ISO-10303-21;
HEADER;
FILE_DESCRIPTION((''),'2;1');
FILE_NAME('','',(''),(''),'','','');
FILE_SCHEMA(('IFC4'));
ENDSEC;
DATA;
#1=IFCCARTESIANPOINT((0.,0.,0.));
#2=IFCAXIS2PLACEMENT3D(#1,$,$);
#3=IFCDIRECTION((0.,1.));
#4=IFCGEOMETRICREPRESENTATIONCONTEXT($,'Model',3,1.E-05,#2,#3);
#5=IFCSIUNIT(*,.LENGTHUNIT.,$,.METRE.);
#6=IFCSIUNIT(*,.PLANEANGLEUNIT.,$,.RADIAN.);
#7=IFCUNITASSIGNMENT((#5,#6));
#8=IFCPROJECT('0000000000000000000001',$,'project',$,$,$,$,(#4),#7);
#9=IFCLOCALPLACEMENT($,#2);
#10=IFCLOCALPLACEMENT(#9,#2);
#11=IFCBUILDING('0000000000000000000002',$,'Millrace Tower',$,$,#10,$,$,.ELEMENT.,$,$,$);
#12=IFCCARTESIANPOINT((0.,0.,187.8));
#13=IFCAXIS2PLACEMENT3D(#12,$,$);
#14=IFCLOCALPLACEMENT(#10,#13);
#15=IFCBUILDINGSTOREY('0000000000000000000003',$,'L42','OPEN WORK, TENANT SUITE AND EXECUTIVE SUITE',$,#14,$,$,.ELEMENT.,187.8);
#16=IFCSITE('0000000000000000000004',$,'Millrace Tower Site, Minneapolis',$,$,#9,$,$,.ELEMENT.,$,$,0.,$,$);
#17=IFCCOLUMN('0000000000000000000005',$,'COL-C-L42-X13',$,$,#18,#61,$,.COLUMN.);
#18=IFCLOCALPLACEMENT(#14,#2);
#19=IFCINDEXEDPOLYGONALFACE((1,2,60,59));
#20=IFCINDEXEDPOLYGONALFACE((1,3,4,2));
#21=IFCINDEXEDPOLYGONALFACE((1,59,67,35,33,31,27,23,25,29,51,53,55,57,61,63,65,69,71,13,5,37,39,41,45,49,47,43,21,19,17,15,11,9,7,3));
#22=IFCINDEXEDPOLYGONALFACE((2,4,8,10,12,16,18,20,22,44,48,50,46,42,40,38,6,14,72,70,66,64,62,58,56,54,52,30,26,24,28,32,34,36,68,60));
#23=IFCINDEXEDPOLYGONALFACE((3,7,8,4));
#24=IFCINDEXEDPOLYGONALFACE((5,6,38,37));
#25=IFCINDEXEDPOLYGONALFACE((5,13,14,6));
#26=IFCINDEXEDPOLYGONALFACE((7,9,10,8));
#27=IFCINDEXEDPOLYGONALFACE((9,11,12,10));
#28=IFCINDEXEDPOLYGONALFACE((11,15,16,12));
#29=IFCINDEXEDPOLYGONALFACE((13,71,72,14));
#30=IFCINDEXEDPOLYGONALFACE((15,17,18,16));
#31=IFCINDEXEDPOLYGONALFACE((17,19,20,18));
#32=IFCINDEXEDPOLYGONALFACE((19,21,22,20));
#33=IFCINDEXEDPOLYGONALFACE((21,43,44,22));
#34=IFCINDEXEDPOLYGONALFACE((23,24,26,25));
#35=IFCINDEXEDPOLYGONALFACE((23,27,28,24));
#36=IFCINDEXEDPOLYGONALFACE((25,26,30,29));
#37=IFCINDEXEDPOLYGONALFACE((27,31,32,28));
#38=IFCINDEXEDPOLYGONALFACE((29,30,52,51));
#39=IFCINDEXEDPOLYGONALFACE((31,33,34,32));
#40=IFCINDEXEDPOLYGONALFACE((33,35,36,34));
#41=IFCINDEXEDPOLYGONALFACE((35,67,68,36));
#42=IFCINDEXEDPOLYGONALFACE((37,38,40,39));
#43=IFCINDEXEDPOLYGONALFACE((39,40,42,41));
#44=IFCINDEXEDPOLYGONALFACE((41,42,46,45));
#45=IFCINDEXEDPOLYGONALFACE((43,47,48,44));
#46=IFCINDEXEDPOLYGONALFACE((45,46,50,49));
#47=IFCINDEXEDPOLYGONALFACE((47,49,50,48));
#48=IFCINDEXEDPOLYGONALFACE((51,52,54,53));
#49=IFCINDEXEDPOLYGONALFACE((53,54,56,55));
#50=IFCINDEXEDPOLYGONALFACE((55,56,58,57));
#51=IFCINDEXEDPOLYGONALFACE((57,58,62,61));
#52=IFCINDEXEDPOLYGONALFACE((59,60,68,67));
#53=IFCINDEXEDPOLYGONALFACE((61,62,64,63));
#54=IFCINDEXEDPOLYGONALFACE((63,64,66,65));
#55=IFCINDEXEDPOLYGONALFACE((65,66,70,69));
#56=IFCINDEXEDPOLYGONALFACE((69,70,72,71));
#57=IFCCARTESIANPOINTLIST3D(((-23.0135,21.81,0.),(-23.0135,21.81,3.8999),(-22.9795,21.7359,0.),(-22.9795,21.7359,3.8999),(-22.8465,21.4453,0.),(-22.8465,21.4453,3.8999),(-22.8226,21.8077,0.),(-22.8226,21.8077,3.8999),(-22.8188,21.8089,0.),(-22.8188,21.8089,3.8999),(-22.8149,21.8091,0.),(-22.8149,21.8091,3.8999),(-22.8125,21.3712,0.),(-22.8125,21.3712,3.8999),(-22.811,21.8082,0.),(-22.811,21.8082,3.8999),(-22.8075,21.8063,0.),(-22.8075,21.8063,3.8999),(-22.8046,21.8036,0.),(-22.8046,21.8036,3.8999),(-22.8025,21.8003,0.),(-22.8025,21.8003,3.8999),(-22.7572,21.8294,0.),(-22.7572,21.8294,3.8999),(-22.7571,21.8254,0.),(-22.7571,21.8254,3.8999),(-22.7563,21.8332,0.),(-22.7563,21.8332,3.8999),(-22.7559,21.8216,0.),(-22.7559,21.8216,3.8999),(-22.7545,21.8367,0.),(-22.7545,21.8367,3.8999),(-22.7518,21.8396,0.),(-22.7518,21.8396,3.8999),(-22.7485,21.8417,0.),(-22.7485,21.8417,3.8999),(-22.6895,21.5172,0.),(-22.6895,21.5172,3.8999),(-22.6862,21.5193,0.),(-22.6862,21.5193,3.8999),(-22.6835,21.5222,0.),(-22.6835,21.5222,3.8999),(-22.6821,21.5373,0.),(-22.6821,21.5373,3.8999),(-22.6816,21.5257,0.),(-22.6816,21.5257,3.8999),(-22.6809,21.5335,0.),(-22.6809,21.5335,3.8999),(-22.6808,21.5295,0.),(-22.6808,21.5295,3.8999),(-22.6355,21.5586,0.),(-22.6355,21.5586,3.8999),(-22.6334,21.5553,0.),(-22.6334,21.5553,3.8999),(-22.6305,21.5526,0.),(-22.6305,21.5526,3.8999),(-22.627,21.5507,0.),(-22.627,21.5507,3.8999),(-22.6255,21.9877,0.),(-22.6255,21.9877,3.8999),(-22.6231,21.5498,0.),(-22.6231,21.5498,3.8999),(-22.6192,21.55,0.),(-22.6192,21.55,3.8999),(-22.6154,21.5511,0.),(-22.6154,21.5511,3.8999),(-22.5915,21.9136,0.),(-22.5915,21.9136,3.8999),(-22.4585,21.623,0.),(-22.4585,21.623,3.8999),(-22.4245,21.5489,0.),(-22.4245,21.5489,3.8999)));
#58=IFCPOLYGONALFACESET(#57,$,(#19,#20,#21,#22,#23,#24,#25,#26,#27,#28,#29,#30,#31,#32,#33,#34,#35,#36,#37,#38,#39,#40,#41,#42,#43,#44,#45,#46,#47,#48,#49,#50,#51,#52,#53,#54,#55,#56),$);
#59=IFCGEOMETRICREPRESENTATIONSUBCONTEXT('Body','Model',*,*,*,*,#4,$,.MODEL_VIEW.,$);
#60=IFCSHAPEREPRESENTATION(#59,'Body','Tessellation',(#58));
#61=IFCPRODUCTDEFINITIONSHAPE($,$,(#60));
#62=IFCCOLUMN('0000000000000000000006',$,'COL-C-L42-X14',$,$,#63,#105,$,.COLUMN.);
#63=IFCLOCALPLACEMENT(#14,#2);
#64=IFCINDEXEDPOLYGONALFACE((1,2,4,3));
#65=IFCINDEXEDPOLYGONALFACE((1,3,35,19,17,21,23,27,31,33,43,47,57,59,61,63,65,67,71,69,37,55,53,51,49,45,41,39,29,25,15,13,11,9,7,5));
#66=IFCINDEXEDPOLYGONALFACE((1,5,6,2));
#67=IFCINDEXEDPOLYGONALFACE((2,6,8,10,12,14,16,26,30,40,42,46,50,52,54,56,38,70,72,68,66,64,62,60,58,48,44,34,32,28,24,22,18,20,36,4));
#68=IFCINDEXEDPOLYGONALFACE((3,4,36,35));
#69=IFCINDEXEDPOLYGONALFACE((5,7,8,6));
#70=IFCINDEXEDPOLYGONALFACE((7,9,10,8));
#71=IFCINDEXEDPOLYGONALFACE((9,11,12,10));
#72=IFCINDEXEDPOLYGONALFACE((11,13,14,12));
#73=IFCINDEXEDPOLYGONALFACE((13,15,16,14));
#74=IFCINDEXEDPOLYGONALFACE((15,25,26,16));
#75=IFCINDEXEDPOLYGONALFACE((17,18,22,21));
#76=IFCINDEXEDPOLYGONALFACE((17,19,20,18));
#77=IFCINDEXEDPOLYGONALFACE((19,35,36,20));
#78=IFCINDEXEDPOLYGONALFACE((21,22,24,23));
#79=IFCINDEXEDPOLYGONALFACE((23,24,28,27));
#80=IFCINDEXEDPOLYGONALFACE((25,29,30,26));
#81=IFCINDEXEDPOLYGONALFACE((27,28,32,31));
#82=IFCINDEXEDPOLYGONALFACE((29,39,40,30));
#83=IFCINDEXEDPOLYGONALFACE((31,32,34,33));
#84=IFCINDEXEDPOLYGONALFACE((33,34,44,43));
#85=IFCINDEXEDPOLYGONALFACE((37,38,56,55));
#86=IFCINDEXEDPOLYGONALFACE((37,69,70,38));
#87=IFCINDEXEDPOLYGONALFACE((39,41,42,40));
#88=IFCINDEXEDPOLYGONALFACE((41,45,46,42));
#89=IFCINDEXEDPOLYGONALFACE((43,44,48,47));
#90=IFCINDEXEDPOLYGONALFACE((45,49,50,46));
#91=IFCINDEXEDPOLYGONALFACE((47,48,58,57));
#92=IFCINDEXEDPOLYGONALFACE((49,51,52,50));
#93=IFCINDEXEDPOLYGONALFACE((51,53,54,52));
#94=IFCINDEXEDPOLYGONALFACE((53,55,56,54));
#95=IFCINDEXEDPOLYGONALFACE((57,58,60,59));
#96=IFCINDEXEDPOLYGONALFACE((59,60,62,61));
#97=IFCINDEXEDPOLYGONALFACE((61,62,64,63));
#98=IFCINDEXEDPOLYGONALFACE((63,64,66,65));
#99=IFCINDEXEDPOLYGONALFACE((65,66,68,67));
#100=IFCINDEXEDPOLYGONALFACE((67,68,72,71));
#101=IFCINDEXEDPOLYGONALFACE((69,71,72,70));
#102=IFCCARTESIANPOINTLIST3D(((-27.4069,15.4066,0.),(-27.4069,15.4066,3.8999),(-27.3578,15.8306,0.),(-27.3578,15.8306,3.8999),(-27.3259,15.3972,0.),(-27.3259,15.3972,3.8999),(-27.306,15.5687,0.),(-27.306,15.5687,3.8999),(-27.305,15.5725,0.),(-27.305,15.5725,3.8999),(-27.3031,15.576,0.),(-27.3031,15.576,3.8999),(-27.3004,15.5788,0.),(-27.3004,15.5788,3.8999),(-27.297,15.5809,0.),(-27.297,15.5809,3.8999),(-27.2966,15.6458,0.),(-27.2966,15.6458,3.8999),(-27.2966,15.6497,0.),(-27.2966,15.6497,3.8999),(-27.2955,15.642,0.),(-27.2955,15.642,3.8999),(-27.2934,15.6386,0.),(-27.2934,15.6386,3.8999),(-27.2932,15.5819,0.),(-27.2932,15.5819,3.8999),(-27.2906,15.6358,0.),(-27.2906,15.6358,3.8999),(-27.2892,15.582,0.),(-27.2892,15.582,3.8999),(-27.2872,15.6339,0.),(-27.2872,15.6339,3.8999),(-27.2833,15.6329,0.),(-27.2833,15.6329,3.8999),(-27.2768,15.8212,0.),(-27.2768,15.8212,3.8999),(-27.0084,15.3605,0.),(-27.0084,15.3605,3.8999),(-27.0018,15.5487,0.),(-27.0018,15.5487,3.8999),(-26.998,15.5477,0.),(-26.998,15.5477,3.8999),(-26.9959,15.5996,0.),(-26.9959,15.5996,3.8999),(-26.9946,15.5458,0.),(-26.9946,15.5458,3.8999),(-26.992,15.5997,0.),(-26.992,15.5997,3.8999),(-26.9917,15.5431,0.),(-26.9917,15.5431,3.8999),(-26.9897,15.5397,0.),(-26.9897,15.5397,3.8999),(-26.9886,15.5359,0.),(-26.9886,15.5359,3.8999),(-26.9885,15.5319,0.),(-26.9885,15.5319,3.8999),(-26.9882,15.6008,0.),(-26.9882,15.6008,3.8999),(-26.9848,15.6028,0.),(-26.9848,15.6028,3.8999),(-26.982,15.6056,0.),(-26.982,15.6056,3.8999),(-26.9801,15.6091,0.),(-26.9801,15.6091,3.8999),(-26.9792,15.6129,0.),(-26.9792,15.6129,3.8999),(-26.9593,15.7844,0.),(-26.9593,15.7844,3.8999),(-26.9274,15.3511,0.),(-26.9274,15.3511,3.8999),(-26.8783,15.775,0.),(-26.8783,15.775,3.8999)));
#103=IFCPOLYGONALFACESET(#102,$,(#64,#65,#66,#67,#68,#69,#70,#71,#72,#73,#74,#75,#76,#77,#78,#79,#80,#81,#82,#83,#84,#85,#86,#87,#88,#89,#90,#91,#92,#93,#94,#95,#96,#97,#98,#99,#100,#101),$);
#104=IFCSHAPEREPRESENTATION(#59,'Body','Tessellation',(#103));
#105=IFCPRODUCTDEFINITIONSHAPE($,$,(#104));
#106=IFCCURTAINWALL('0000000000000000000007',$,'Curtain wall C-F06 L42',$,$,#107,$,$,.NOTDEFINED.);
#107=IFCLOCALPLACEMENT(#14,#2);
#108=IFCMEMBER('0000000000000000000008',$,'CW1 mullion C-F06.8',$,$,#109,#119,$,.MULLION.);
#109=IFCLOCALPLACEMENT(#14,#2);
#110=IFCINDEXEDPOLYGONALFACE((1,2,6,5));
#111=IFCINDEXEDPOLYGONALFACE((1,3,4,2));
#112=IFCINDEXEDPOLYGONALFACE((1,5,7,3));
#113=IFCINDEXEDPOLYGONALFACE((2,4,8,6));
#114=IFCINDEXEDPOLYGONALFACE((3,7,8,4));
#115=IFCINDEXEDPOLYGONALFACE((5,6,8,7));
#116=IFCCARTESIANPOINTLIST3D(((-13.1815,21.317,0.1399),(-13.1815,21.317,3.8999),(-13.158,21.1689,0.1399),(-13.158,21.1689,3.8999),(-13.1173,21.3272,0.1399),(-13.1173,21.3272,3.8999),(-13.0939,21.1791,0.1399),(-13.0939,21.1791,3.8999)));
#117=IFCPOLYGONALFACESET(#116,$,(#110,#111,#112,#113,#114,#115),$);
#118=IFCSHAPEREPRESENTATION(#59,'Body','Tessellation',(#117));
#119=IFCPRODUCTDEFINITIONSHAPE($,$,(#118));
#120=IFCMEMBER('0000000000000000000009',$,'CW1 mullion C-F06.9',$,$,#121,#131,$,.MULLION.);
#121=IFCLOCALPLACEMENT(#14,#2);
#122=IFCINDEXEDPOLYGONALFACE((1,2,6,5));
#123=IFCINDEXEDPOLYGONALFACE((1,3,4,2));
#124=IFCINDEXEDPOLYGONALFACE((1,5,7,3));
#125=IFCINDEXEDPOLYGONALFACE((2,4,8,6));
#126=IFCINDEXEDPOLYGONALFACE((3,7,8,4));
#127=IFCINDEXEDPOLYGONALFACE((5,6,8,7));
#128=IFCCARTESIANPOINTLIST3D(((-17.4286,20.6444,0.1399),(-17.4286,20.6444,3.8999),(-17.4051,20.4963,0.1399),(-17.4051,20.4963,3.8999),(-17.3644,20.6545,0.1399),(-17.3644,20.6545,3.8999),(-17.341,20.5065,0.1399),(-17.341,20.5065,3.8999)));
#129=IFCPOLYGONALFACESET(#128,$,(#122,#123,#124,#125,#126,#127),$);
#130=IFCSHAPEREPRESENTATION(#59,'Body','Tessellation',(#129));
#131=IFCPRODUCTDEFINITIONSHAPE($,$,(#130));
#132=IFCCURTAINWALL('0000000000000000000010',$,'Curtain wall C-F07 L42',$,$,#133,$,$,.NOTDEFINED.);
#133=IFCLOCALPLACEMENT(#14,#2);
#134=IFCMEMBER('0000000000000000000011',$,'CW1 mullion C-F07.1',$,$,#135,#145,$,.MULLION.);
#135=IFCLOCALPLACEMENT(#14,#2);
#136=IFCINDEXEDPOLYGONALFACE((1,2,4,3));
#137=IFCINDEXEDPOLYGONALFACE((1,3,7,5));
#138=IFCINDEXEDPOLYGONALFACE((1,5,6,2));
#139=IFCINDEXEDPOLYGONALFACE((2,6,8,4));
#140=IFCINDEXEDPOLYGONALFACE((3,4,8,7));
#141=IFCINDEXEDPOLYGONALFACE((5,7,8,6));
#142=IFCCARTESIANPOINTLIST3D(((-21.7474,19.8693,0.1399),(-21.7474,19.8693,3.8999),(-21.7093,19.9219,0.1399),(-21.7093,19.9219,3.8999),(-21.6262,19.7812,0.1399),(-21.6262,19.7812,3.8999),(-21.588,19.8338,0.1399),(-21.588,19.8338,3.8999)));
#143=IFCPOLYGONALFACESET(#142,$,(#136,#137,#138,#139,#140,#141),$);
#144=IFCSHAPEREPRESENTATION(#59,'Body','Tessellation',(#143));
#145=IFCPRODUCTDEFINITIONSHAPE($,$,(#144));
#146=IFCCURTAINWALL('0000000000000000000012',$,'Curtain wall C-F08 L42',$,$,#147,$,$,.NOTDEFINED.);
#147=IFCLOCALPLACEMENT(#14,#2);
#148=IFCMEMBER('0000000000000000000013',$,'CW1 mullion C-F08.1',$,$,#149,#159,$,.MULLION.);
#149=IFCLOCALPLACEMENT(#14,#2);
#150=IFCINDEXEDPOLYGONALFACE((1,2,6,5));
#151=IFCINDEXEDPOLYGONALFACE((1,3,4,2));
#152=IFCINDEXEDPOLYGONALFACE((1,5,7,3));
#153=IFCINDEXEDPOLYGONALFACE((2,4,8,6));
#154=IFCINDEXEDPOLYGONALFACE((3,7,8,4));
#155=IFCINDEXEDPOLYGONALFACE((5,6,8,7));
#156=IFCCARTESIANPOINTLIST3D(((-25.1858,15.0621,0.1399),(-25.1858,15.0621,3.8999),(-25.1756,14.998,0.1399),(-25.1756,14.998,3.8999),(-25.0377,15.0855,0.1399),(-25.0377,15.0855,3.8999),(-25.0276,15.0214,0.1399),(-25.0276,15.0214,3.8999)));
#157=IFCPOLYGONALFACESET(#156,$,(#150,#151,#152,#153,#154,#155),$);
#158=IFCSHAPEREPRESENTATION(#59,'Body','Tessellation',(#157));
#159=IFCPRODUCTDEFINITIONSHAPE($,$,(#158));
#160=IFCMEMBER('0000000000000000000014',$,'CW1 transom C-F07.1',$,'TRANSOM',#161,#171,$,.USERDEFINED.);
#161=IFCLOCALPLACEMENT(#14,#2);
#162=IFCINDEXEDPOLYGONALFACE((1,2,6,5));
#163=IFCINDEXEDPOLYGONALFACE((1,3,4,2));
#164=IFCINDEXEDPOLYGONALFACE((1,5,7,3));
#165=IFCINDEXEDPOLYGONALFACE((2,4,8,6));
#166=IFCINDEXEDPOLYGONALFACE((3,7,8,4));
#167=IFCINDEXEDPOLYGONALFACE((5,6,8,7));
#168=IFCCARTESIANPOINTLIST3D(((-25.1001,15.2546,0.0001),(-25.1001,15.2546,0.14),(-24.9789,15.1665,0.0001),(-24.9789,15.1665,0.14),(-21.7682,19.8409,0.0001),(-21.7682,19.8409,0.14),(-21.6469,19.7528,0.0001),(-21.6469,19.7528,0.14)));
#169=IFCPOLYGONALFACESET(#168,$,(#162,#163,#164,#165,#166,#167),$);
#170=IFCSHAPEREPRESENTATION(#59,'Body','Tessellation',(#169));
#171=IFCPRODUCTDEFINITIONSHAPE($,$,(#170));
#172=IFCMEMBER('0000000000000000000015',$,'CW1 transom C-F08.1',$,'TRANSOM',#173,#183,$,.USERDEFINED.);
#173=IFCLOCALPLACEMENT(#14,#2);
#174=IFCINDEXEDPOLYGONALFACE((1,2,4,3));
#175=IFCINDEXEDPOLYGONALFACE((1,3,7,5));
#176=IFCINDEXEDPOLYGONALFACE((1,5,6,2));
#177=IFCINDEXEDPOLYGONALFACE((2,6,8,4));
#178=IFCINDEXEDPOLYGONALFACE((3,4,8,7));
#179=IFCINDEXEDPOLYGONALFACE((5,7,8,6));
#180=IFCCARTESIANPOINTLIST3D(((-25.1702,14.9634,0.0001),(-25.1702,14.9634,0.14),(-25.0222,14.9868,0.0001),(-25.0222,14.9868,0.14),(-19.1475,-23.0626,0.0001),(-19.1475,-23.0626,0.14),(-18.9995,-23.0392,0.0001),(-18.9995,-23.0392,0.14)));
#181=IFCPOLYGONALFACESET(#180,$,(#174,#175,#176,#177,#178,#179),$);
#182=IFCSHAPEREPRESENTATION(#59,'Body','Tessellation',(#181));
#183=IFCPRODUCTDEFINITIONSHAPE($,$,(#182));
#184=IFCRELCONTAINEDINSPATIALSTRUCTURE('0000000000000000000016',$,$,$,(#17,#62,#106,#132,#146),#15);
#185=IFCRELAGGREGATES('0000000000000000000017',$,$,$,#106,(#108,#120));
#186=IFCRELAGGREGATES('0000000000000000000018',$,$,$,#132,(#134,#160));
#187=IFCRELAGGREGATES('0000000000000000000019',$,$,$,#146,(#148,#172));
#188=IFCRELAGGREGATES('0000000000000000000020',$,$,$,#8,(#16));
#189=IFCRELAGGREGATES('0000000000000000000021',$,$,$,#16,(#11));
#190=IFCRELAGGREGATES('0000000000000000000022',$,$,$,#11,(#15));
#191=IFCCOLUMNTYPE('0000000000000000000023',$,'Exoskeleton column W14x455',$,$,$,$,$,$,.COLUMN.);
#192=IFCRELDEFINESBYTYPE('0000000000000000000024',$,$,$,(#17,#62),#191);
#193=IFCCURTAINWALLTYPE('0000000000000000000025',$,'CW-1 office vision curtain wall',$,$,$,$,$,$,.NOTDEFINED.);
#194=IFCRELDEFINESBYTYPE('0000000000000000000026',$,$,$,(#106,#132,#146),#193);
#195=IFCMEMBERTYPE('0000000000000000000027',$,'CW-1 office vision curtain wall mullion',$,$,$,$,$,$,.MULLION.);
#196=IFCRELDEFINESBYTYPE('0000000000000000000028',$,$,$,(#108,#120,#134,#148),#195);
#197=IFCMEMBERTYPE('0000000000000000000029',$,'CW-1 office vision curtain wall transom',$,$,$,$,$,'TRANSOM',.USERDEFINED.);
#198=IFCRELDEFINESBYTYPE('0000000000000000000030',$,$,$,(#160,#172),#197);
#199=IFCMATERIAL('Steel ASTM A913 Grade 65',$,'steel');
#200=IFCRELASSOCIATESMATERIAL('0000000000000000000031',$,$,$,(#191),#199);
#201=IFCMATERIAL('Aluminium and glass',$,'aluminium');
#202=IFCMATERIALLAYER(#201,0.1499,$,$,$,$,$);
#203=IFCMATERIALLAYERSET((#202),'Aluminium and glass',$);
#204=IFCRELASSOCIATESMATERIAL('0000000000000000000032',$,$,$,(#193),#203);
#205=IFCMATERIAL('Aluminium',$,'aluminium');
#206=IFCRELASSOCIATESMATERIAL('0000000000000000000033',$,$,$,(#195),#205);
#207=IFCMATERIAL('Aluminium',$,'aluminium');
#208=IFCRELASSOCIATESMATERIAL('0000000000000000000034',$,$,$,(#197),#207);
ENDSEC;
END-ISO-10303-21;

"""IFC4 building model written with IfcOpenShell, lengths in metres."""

from ifc_helpers import new_model, si_unit, direction, frame, origin, origin_2d, place, context, subcontext, project, spatial, rectangle, i_section, extrude, material, layer, layer_set, material_profile, profile_set, type_object, element, aggregate, save


model = new_model("IFC4")

# Units and contexts
model_context = context("Model", 3, precision=1e-05, world=origin(), true_north=direction((0.0, 1.0)))
body_context = subcontext(model_context, "Body", "Model", "MODEL_VIEW")
ifc_project = project(units=[si_unit("LENGTHUNIT", "METRE"), si_unit("PLANEANGLEUNIT", "RADIAN")], contexts=[model_context])

# Site, building, storey
site_placement = place(None, origin())
site = spatial("IfcSite", under=ifc_project, at=site_placement, Name="Millrace Tower Site, Minneapolis", CompositionType="ELEMENT", RefElevation=0.0)
building_placement = place(site_placement, origin())
building = spatial("IfcBuilding", under=site, at=building_placement, Name="Millrace Tower", CompositionType="ELEMENT")
storey_placement = place(building_placement, frame((0.0, 0.0, 187.8)))
storey = spatial("IfcBuildingStorey", under=building, at=storey_placement, Name="L42", Description="OPEN WORK, TENANT SUITE AND EXECUTIVE SUITE", CompositionType="ELEMENT", Elevation=187.8)

# Columns
ifc_material_1 = material(Name="Steel ASTM A913 Grade 65", Category="steel")
ifc_material_profile_1 = material_profile(ifc_material_1, i_section(OverallWidth=0.4268, OverallDepth=0.4827, WebThickness=0.0513, FlangeThickness=0.0815, FilletRadius=0.0151, at=origin_2d()))
ifc_profile_set_1 = profile_set([ifc_material_profile_1], Name="Steel ASTM A913 Grade 65")
column_type = type_object("IfcColumnType", Name="Exoskeleton column W14x455", PredefinedType="COLUMN", material=ifc_profile_set_1)
for number, where, z_axis, x_axis, name in (
    (1, (-22.719, 21.6794, 0.0), (0.0, 0.0, 1.0), (-0.909181, -0.416401, 0.0), "COL-C-L42-X13"),
    (2, (-27.1426, 15.5908, 0.0), (0.0, 0.0, 1.0), (-0.115069, -0.993358, 0.0), "COL-C-L42-X14"),
):
    element("IfcColumn", number, at=place(storey_placement, frame(where, z_axis=z_axis, x_axis=x_axis)), inside=storey, type_object=column_type, Name=name, PredefinedType="COLUMN", context=body_context, shape_type="SweptSolid", body=[
        extrude(i_section(OverallWidth=0.4268, OverallDepth=0.4827, WebThickness=0.0513, FlangeThickness=0.0815, FilletRadius=0.0151, at=origin_2d()), origin(), (0.0, 0.0, 1.0), 3.8999),
    ])

# Curtain wall, members
ifc_material_2 = material(Name="Aluminium and glass", Category="aluminium")
ifc_layer_1 = layer(ifc_material_2, 0.1499)
ifc_layer_set_1 = layer_set([ifc_layer_1], Name="Aluminium and glass")
curtain_wall_type = type_object("IfcCurtainWallType", Name="CW-1 office vision curtain wall", PredefinedType="NOTDEFINED", material=ifc_layer_set_1)
placement = place(storey_placement, origin())
curtain_wall_1 = element("IfcCurtainWall", 3, at=placement, inside=storey, type_object=curtain_wall_type, Name="Curtain wall C-F06 L42", PredefinedType="NOTDEFINED")
ifc_material_3 = material(Name="Aluminium", Category="aluminium")
ifc_material_profile_2 = material_profile(ifc_material_3, rectangle(XDim=0.0649, YDim=0.1499, at=origin_2d()))
ifc_profile_set_2 = profile_set([ifc_material_profile_2], Name="Aluminium")
member_type_1 = type_object("IfcMemberType", Name="CW-1 office vision curtain wall mullion", PredefinedType="MULLION", material=ifc_profile_set_2)
member_1_placement = place(storey_placement, frame((-13.1377, 21.248, 0.1399), z_axis=(0.0, 0.0, 1.0), x_axis=(-0.987688, -0.156434, 0.0)))
member_1 = element("IfcMember", 4, at=member_1_placement, type_object=member_type_1, Name="CW1 mullion C-F06.8", PredefinedType="MULLION", context=body_context, shape_type="SweptSolid", body=[
    extrude(rectangle(XDim=0.0649, YDim=0.1499, at=origin_2d()), origin(), (0.0, 0.0, 1.0), 3.76),
])
member_2_placement = place(storey_placement, frame((-17.3848, 20.5754, 0.1399), z_axis=(0.0, 0.0, 1.0), x_axis=(-0.987688, -0.156434, 0.0)))
member_2 = element("IfcMember", 5, at=member_2_placement, type_object=member_type_1, Name="CW1 mullion C-F06.9", PredefinedType="MULLION", context=body_context, shape_type="SweptSolid", body=[
    extrude(rectangle(XDim=0.0649, YDim=0.1499, at=origin_2d()), origin(), (0.0, 0.0, 1.0), 3.76),
])
aggregate(curtain_wall_1, [member_1, member_2])

# Curtain walls, members
curtain_wall_2 = element("IfcCurtainWall", 6, at=placement, inside=storey, type_object=curtain_wall_type, Name="Curtain wall C-F07 L42", PredefinedType="NOTDEFINED")
member_3_placement = place(storey_placement, frame((-21.6677, 19.8516, 0.1399), z_axis=(0.0, 0.0, 1.0), x_axis=(-0.587785, -0.809017, 0.0)))
member_3 = element("IfcMember", 7, at=member_3_placement, type_object=member_type_1, Name="CW1 mullion C-F07.1", PredefinedType="MULLION", context=body_context, shape_type="SweptSolid", body=[
    extrude(rectangle(XDim=0.0649, YDim=0.1499, at=origin_2d()), origin(), (0.0, 0.0, 1.0), 3.76),
])
curtain_wall_3 = element("IfcCurtainWall", 8, at=placement, inside=storey, type_object=curtain_wall_type, Name="Curtain wall C-F08 L42", PredefinedType="NOTDEFINED")
member_4_placement = place(storey_placement, frame((-25.1067, 15.0417, 0.1399), z_axis=(0.0, 0.0, 1.0), x_axis=(0.156434, -0.987688, 0.0)))
member_4 = element("IfcMember", 9, at=member_4_placement, type_object=member_type_1, Name="CW1 mullion C-F08.1", PredefinedType="MULLION", context=body_context, shape_type="SweptSolid", body=[
    extrude(rectangle(XDim=0.0649, YDim=0.1499, at=origin_2d()), origin(), (0.0, 0.0, 1.0), 3.76),
])

# Members
ifc_material_4 = material(Name="Aluminium", Category="aluminium")
ifc_material_profile_3 = material_profile(ifc_material_4, rectangle(XDim=0.1499, YDim=0.1399, at=origin_2d()))
ifc_profile_set_3 = profile_set([ifc_material_profile_3], Name="Aluminium")
member_type_2 = type_object("IfcMemberType", Name="CW-1 office vision curtain wall transom", ElementType="TRANSOM", PredefinedType="USERDEFINED", material=ifc_profile_set_3)
member_5_placement = place(storey_placement, frame((-21.7075, 19.7969, 0.0701), z_axis=(-0.587762, -0.809034, 0.0), x_axis=(0.809034, -0.587762, 0.0)))
member_5 = element("IfcMember", 10, at=member_5_placement, type_object=member_type_2, Name="CW1 transom C-F07.1", ObjectType="TRANSOM", PredefinedType="USERDEFINED", context=body_context, shape_type="SweptSolid", body=[
    extrude(rectangle(XDim=0.1499, YDim=0.1399, at=origin_2d()), origin(), (0.0, 0.0, 1.0), 5.6689),
])
aggregate(curtain_wall_2, [member_3, member_5])
member_6_placement = place(storey_placement, frame((-25.0962, 14.9751, 0.0701), z_axis=(0.156433, -0.987689, 0.0), x_axis=(0.987689, 0.156433, 0.0)))
member_6 = element("IfcMember", 11, at=member_6_placement, type_object=member_type_2, Name="CW1 transom C-F08.1", ObjectType="TRANSOM", PredefinedType="USERDEFINED", context=body_context, shape_type="SweptSolid", body=[
    extrude(rectangle(XDim=0.1499, YDim=0.1399, at=origin_2d()), origin(), (0.0, 0.0, 1.0), 38.5),
])
aggregate(curtain_wall_3, [member_4, member_6])

save(model, "model.ifc")
